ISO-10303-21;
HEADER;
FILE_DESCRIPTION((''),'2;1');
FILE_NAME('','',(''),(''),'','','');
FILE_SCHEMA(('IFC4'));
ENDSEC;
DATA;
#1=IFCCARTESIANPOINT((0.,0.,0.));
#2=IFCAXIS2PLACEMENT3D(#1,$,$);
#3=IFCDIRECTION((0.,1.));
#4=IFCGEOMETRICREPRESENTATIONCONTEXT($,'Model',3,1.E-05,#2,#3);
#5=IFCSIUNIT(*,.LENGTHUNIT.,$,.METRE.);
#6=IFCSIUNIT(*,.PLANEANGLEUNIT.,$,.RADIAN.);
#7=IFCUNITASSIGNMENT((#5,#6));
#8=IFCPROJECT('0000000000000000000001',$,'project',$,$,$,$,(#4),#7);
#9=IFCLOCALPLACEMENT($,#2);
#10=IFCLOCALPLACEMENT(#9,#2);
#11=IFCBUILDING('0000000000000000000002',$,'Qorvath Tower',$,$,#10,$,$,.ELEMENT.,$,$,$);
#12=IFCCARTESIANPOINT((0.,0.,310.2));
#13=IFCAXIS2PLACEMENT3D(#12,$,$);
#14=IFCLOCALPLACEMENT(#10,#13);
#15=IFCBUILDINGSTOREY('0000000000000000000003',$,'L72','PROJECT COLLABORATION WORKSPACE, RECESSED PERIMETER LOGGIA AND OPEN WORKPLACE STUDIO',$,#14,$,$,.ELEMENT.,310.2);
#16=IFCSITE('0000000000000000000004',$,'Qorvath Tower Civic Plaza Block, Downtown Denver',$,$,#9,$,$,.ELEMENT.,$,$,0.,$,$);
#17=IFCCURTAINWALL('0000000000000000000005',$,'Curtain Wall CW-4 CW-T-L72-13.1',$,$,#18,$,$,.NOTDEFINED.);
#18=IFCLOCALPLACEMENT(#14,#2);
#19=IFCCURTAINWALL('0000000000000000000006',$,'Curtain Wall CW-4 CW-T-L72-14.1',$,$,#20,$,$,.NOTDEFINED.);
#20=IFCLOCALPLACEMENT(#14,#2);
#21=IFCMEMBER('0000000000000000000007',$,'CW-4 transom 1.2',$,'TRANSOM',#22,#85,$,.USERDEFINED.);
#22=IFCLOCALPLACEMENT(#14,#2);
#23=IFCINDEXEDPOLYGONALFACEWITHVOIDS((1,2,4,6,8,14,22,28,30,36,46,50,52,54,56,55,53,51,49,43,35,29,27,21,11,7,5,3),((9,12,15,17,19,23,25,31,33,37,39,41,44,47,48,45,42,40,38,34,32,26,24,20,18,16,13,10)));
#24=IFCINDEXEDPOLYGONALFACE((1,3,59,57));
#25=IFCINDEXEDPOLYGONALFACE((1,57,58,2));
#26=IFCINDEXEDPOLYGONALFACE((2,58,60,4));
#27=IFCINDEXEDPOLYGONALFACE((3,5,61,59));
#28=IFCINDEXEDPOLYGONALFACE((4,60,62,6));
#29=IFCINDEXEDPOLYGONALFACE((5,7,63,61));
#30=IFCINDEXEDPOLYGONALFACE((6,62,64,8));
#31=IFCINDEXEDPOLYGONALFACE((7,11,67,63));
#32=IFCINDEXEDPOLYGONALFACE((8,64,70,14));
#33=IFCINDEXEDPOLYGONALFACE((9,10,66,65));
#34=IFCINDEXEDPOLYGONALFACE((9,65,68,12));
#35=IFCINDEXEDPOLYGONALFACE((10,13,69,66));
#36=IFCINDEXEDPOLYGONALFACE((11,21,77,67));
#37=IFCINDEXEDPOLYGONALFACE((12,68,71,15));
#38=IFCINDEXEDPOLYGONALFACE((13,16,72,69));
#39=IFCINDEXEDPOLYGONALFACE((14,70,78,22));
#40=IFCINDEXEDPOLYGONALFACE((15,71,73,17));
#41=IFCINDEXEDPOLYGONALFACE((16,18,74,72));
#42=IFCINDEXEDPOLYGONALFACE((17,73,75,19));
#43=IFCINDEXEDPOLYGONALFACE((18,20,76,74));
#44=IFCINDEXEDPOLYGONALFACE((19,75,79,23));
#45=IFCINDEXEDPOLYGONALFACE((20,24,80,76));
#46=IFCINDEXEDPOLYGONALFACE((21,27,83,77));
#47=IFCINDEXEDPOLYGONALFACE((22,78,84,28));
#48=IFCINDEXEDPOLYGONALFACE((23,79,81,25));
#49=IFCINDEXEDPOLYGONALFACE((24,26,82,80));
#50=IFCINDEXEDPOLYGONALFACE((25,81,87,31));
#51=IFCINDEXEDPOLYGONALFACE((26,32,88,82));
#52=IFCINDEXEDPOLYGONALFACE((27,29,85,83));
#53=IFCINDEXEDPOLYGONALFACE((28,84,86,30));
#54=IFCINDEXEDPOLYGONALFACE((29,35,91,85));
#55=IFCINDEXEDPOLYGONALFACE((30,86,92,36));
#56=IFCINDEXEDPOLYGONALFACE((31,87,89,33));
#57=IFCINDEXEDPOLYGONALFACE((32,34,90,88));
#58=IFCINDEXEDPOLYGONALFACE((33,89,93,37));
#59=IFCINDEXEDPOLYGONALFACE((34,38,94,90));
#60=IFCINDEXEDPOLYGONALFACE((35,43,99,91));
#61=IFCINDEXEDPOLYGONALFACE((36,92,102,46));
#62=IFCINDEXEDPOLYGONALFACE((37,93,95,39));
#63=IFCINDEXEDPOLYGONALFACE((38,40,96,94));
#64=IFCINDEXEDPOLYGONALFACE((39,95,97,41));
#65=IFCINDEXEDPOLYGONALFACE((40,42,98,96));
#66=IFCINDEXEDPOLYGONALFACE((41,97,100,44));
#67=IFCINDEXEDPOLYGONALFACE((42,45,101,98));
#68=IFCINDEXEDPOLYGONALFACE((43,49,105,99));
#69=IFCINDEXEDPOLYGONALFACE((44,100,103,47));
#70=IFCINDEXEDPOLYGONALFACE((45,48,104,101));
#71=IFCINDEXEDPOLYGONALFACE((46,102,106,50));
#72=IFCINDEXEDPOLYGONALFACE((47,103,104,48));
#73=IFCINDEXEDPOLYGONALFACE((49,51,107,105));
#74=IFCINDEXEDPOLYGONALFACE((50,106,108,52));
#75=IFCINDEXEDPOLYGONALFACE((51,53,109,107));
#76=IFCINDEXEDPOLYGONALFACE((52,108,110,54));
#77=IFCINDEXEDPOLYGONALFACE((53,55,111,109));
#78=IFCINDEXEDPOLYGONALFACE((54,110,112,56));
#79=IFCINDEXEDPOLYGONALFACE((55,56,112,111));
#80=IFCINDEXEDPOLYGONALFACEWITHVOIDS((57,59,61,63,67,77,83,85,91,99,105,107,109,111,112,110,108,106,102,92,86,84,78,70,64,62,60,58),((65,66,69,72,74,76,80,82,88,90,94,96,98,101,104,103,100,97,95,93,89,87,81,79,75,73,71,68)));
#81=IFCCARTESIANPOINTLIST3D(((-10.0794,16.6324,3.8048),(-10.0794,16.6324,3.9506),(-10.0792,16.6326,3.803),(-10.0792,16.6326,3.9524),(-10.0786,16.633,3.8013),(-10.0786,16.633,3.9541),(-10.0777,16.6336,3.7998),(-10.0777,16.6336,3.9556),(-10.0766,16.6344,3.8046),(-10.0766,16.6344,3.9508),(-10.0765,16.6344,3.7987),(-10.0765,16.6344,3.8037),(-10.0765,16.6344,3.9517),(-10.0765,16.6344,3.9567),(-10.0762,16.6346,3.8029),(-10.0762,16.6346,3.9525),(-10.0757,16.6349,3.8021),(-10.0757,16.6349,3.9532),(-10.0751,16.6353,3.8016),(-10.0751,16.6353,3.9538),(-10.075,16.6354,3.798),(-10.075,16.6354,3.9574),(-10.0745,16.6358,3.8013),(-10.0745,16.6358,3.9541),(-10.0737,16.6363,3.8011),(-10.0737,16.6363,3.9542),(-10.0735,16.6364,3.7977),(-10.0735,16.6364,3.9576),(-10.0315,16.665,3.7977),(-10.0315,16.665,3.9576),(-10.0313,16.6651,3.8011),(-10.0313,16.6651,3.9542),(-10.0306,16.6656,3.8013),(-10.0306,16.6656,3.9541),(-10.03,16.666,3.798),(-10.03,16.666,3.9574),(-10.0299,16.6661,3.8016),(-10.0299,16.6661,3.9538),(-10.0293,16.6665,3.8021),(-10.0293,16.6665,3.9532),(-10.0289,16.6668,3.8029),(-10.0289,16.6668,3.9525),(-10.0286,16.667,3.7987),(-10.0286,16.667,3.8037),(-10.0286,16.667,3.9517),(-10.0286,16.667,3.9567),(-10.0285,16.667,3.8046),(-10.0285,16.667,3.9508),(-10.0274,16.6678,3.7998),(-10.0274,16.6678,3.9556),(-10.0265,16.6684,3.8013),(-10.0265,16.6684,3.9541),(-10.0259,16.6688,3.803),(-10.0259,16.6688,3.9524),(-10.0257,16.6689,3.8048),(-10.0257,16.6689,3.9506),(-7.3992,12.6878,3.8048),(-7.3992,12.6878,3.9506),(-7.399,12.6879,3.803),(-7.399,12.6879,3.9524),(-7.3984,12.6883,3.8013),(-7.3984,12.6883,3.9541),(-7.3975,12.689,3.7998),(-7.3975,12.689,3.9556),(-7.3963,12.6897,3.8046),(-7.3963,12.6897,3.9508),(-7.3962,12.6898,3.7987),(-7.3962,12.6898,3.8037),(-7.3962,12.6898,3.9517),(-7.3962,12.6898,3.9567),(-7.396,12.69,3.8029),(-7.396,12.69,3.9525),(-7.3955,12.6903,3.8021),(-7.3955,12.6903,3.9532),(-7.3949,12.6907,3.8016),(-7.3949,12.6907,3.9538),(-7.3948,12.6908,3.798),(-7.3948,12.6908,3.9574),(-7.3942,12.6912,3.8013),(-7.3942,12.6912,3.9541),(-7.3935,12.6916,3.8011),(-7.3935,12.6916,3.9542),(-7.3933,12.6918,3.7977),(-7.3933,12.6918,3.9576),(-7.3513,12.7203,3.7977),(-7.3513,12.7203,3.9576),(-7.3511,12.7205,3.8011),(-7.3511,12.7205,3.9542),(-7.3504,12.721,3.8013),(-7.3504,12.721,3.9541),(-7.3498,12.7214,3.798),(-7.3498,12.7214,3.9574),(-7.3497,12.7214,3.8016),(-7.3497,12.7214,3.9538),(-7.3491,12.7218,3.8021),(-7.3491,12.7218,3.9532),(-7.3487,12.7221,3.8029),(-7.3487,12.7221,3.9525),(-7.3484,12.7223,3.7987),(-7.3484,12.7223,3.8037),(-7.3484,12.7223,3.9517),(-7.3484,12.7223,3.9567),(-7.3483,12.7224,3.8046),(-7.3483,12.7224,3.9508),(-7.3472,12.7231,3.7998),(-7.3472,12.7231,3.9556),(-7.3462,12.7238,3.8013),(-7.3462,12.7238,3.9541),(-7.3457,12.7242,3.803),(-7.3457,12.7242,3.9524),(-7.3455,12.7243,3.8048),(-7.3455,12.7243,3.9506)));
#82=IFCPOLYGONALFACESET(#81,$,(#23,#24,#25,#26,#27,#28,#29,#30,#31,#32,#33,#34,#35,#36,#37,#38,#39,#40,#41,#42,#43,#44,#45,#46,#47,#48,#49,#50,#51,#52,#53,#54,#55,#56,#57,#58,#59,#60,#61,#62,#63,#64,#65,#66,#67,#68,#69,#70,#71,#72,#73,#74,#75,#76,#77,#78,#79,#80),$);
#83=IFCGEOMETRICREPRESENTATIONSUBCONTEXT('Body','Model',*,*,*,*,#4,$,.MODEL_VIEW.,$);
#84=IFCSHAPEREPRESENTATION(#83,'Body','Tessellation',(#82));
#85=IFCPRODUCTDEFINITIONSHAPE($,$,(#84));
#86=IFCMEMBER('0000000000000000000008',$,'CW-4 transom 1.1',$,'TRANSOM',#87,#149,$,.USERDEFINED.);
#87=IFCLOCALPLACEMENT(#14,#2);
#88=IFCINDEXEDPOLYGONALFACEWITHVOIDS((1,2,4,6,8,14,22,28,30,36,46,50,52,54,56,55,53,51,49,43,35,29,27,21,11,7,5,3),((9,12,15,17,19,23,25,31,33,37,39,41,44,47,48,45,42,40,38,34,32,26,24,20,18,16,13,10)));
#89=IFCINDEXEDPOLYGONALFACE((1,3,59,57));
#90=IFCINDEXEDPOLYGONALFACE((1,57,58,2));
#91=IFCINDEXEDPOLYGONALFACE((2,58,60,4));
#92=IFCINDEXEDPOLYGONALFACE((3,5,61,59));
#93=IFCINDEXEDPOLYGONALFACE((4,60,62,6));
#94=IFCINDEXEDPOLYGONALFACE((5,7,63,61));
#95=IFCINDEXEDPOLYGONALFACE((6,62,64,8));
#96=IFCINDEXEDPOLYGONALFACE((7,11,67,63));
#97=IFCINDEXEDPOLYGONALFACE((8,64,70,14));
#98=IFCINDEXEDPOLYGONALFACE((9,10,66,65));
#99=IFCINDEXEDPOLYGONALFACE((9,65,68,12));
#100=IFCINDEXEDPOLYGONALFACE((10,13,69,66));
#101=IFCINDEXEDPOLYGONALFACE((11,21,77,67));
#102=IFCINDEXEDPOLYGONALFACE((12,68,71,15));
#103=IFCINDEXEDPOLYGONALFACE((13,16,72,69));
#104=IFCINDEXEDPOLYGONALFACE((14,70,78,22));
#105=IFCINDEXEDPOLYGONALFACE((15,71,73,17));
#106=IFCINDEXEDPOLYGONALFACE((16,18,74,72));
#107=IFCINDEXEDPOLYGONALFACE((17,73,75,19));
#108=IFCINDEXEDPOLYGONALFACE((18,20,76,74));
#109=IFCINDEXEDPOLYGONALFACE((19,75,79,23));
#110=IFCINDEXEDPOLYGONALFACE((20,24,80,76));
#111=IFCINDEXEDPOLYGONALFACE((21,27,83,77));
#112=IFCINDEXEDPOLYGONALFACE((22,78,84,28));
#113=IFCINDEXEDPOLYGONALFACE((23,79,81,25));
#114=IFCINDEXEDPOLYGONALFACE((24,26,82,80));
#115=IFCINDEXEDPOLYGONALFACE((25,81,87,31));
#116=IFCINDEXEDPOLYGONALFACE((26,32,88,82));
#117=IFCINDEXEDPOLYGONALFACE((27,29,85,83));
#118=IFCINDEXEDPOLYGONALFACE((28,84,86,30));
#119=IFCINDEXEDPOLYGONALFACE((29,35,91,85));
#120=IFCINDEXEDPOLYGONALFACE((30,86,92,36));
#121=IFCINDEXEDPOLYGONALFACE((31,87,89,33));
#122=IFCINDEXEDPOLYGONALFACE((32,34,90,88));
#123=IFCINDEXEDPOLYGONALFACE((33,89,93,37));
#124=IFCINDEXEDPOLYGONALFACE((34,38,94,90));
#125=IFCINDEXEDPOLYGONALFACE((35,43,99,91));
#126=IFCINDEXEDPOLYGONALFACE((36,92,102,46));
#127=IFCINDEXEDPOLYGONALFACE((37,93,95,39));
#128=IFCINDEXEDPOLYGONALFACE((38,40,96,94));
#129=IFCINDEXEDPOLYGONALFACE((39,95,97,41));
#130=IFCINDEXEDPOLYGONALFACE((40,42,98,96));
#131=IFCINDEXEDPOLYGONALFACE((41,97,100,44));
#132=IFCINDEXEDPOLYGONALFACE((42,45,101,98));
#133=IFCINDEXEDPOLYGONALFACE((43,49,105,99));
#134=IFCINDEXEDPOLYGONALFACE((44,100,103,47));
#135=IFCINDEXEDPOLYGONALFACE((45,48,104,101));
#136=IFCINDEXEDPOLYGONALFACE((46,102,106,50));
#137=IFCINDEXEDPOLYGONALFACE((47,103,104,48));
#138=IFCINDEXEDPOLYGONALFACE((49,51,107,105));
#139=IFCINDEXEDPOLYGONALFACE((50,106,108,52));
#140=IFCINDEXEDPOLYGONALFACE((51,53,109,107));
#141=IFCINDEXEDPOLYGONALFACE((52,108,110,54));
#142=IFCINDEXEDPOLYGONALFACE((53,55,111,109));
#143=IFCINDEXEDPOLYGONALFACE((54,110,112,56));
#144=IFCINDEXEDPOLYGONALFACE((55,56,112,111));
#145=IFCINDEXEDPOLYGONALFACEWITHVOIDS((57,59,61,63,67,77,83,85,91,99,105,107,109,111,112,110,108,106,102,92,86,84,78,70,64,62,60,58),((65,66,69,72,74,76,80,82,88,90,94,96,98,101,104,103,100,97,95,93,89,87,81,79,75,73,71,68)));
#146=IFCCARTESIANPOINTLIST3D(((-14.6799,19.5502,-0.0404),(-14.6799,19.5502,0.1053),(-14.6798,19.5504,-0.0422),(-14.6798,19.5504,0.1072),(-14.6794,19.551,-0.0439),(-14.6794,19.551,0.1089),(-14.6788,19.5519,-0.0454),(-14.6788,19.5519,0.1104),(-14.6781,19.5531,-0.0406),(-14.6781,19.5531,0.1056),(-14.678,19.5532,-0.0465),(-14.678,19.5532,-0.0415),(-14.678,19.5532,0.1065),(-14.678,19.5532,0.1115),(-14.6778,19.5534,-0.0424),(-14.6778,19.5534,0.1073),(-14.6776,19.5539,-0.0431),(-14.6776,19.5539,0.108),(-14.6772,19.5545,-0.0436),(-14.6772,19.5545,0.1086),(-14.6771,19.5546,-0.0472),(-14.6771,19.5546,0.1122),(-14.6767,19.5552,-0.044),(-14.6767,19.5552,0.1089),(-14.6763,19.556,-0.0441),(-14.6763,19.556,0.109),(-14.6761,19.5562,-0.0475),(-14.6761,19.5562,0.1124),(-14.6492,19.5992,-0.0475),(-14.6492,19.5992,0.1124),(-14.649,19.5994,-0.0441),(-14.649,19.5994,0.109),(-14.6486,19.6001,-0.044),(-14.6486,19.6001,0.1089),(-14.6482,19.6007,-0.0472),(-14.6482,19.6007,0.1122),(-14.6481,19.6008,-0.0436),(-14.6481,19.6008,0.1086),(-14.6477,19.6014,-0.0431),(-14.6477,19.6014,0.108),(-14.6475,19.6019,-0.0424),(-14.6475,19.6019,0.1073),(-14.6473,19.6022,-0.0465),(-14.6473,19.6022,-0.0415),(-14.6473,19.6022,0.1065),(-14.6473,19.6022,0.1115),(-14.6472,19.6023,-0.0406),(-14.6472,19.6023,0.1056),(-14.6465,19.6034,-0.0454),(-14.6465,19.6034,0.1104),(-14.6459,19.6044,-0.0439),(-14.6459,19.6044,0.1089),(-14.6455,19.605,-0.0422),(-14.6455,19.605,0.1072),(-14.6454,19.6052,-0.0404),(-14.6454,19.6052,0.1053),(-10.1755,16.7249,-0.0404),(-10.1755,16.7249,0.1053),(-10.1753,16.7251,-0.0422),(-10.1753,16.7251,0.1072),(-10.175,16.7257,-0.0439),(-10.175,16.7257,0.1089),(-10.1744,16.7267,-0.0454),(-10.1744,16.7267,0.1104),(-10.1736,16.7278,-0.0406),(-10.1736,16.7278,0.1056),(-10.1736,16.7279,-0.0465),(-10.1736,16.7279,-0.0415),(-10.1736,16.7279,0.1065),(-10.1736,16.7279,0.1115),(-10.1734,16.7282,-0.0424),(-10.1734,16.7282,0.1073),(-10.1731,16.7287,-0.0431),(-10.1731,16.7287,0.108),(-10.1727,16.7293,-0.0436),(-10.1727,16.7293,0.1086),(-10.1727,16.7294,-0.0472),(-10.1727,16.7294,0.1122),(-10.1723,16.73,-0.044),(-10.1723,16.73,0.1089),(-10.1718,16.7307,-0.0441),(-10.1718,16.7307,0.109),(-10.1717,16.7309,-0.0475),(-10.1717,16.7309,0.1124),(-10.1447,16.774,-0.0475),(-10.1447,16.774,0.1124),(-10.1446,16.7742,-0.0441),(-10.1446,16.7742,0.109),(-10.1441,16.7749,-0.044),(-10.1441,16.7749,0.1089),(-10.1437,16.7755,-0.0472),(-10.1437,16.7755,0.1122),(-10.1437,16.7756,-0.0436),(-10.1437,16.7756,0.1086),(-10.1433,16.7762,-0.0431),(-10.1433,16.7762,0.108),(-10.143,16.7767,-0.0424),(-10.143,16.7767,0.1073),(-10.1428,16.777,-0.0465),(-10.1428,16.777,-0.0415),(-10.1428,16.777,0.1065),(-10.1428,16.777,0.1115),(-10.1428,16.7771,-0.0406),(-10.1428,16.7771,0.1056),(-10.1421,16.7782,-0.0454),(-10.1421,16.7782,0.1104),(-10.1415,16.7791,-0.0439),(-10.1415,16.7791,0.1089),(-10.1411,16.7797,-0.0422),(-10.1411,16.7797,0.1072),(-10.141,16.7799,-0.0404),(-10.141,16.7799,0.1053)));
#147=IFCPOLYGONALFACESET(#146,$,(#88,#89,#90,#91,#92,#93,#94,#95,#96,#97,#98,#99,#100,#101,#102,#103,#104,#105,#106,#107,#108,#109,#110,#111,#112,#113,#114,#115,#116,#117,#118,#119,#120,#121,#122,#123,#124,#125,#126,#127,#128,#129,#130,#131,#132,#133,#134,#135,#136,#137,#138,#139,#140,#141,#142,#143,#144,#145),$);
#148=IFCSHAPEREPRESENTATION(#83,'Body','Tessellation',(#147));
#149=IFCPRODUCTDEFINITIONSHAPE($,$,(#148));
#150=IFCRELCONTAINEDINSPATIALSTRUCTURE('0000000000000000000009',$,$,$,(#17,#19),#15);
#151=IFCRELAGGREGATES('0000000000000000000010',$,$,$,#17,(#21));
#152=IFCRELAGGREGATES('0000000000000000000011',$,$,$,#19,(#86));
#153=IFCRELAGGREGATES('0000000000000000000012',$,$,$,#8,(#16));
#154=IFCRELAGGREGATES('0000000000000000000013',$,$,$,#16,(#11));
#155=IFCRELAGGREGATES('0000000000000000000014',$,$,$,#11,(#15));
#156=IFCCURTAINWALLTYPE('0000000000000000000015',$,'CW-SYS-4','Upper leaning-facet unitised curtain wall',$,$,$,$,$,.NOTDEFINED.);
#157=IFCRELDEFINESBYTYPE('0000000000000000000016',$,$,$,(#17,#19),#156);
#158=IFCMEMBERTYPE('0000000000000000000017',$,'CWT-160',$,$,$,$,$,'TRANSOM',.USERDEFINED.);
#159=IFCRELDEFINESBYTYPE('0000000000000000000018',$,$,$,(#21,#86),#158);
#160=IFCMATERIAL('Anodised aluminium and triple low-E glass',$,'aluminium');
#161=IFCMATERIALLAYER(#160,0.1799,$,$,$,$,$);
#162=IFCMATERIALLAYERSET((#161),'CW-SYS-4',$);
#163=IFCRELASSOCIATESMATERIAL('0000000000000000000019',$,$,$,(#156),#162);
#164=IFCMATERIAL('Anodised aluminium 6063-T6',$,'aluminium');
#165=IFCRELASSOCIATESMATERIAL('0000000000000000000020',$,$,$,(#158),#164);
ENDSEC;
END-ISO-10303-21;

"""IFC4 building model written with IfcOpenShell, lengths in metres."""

from ifc_helpers import new_model, si_unit, direction, frame, origin, origin_2d, place, context, subcontext, project, spatial, hollow_rectangle, extrude, material, layer, layer_set, material_profile, profile_set, type_object, element, aggregate, save


model = new_model("IFC4")

# Units and contexts
model_context = context("Model", 3, precision=1e-05, world=origin(), true_north=direction((0.0, 1.0)))
body_context = subcontext(model_context, "Body", "Model", "MODEL_VIEW")
ifc_project = project(units=[si_unit("LENGTHUNIT", "METRE"), si_unit("PLANEANGLEUNIT", "RADIAN")], contexts=[model_context])

# Site, building, storey
site_placement = place(None, origin())
site = spatial("IfcSite", under=ifc_project, at=site_placement, Name="Qorvath Tower Civic Plaza Block, Downtown Denver", CompositionType="ELEMENT", RefElevation=0.0)
building_placement = place(site_placement, origin())
building = spatial("IfcBuilding", under=site, at=building_placement, Name="Qorvath Tower", CompositionType="ELEMENT")
storey_placement = place(building_placement, frame((0.0, 0.0, 310.2)))
storey = spatial("IfcBuildingStorey", under=building, at=storey_placement, Name="L72", Description="PROJECT COLLABORATION WORKSPACE, RECESSED PERIMETER LOGGIA AND OPEN WORKPLACE STUDIO", CompositionType="ELEMENT", Elevation=310.2)

# Shared definitions
ifc_material_1 = material(Name="Anodised aluminium and triple low-E glass", Category="aluminium")
ifc_layer_1 = layer(ifc_material_1, 0.1799)
ifc_layer_set_1 = layer_set([ifc_layer_1], Name="CW-SYS-4")
curtain_wall_type = type_object("IfcCurtainWallType", Name="CW-SYS-4", Description="Upper leaning-facet unitised curtain wall", PredefinedType="NOTDEFINED", material=ifc_layer_set_1)

# Curtain walls
curtain_wall_1_placement = place(storey_placement, origin())
curtain_wall_1 = element("IfcCurtainWall", 1, at=curtain_wall_1_placement, inside=storey, type_object=curtain_wall_type, Name="Curtain Wall CW-4 CW-T-L72-13.1", PredefinedType="NOTDEFINED")
curtain_wall_2_placement = place(storey_placement, origin())
curtain_wall_2 = element("IfcCurtainWall", 2, at=curtain_wall_2_placement, inside=storey, type_object=curtain_wall_type, Name="Curtain Wall CW-4 CW-T-L72-14.1", PredefinedType="NOTDEFINED")

# Members
ifc_material_2 = material(Name="Anodised aluminium 6063-T6", Category="aluminium")
ifc_material_profile_1 = material_profile(ifc_material_2, hollow_rectangle(XDim=0.0649, YDim=0.1599, WallThickness=0.0034, InnerFilletRadius=0.0034, OuterFilletRadius=0.0071, at=origin_2d()), Name="CWT 160x65")
ifc_profile_set_1 = profile_set([ifc_material_profile_1], Name="Anodised aluminium 6063-T6")
member_type_1 = type_object("IfcMemberType", Name="CWT-160", ElementType="TRANSOM", PredefinedType="USERDEFINED", material=ifc_profile_set_1)
member_1_placement = place(storey_placement, frame((-7.3723, 12.7061, 3.8777), z_axis=(-0.562003, 0.827135, 0.0), x_axis=(-0.827135, -0.562003, 0.0)))
member_1 = element("IfcMember", 3, at=member_1_placement, type_object=member_type_1, Name="CW-4 transom 1.2", ObjectType="TRANSOM", PredefinedType="USERDEFINED", context=body_context, shape_type="SweptSolid", body=[
    extrude(hollow_rectangle(XDim=0.0649, YDim=0.1599, WallThickness=0.0034, InnerFilletRadius=0.0034, OuterFilletRadius=0.0071, at=origin_2d()), origin(), (0.0, 0.0, 1.0), 4.769),
])
member_2_placement = place(storey_placement, frame((-10.1582, 16.7524, 0.0325), z_axis=(-0.847156, 0.531344, 0.0), x_axis=(-0.531344, -0.847156, 0.0)))
member_2 = element("IfcMember", 4, at=member_2_placement, type_object=member_type_1, Name="CW-4 transom 1.1", ObjectType="TRANSOM", PredefinedType="USERDEFINED", context=body_context, shape_type="SweptSolid", body=[
    extrude(hollow_rectangle(XDim=0.0649, YDim=0.1599, WallThickness=0.0034, InnerFilletRadius=0.0034, OuterFilletRadius=0.0071, at=origin_2d()), origin(), (0.0, 0.0, 1.0), 5.3171),
])

aggregate(curtain_wall_1, [member_1])
aggregate(curtain_wall_2, [member_2])

save(model, "model.ifc")
